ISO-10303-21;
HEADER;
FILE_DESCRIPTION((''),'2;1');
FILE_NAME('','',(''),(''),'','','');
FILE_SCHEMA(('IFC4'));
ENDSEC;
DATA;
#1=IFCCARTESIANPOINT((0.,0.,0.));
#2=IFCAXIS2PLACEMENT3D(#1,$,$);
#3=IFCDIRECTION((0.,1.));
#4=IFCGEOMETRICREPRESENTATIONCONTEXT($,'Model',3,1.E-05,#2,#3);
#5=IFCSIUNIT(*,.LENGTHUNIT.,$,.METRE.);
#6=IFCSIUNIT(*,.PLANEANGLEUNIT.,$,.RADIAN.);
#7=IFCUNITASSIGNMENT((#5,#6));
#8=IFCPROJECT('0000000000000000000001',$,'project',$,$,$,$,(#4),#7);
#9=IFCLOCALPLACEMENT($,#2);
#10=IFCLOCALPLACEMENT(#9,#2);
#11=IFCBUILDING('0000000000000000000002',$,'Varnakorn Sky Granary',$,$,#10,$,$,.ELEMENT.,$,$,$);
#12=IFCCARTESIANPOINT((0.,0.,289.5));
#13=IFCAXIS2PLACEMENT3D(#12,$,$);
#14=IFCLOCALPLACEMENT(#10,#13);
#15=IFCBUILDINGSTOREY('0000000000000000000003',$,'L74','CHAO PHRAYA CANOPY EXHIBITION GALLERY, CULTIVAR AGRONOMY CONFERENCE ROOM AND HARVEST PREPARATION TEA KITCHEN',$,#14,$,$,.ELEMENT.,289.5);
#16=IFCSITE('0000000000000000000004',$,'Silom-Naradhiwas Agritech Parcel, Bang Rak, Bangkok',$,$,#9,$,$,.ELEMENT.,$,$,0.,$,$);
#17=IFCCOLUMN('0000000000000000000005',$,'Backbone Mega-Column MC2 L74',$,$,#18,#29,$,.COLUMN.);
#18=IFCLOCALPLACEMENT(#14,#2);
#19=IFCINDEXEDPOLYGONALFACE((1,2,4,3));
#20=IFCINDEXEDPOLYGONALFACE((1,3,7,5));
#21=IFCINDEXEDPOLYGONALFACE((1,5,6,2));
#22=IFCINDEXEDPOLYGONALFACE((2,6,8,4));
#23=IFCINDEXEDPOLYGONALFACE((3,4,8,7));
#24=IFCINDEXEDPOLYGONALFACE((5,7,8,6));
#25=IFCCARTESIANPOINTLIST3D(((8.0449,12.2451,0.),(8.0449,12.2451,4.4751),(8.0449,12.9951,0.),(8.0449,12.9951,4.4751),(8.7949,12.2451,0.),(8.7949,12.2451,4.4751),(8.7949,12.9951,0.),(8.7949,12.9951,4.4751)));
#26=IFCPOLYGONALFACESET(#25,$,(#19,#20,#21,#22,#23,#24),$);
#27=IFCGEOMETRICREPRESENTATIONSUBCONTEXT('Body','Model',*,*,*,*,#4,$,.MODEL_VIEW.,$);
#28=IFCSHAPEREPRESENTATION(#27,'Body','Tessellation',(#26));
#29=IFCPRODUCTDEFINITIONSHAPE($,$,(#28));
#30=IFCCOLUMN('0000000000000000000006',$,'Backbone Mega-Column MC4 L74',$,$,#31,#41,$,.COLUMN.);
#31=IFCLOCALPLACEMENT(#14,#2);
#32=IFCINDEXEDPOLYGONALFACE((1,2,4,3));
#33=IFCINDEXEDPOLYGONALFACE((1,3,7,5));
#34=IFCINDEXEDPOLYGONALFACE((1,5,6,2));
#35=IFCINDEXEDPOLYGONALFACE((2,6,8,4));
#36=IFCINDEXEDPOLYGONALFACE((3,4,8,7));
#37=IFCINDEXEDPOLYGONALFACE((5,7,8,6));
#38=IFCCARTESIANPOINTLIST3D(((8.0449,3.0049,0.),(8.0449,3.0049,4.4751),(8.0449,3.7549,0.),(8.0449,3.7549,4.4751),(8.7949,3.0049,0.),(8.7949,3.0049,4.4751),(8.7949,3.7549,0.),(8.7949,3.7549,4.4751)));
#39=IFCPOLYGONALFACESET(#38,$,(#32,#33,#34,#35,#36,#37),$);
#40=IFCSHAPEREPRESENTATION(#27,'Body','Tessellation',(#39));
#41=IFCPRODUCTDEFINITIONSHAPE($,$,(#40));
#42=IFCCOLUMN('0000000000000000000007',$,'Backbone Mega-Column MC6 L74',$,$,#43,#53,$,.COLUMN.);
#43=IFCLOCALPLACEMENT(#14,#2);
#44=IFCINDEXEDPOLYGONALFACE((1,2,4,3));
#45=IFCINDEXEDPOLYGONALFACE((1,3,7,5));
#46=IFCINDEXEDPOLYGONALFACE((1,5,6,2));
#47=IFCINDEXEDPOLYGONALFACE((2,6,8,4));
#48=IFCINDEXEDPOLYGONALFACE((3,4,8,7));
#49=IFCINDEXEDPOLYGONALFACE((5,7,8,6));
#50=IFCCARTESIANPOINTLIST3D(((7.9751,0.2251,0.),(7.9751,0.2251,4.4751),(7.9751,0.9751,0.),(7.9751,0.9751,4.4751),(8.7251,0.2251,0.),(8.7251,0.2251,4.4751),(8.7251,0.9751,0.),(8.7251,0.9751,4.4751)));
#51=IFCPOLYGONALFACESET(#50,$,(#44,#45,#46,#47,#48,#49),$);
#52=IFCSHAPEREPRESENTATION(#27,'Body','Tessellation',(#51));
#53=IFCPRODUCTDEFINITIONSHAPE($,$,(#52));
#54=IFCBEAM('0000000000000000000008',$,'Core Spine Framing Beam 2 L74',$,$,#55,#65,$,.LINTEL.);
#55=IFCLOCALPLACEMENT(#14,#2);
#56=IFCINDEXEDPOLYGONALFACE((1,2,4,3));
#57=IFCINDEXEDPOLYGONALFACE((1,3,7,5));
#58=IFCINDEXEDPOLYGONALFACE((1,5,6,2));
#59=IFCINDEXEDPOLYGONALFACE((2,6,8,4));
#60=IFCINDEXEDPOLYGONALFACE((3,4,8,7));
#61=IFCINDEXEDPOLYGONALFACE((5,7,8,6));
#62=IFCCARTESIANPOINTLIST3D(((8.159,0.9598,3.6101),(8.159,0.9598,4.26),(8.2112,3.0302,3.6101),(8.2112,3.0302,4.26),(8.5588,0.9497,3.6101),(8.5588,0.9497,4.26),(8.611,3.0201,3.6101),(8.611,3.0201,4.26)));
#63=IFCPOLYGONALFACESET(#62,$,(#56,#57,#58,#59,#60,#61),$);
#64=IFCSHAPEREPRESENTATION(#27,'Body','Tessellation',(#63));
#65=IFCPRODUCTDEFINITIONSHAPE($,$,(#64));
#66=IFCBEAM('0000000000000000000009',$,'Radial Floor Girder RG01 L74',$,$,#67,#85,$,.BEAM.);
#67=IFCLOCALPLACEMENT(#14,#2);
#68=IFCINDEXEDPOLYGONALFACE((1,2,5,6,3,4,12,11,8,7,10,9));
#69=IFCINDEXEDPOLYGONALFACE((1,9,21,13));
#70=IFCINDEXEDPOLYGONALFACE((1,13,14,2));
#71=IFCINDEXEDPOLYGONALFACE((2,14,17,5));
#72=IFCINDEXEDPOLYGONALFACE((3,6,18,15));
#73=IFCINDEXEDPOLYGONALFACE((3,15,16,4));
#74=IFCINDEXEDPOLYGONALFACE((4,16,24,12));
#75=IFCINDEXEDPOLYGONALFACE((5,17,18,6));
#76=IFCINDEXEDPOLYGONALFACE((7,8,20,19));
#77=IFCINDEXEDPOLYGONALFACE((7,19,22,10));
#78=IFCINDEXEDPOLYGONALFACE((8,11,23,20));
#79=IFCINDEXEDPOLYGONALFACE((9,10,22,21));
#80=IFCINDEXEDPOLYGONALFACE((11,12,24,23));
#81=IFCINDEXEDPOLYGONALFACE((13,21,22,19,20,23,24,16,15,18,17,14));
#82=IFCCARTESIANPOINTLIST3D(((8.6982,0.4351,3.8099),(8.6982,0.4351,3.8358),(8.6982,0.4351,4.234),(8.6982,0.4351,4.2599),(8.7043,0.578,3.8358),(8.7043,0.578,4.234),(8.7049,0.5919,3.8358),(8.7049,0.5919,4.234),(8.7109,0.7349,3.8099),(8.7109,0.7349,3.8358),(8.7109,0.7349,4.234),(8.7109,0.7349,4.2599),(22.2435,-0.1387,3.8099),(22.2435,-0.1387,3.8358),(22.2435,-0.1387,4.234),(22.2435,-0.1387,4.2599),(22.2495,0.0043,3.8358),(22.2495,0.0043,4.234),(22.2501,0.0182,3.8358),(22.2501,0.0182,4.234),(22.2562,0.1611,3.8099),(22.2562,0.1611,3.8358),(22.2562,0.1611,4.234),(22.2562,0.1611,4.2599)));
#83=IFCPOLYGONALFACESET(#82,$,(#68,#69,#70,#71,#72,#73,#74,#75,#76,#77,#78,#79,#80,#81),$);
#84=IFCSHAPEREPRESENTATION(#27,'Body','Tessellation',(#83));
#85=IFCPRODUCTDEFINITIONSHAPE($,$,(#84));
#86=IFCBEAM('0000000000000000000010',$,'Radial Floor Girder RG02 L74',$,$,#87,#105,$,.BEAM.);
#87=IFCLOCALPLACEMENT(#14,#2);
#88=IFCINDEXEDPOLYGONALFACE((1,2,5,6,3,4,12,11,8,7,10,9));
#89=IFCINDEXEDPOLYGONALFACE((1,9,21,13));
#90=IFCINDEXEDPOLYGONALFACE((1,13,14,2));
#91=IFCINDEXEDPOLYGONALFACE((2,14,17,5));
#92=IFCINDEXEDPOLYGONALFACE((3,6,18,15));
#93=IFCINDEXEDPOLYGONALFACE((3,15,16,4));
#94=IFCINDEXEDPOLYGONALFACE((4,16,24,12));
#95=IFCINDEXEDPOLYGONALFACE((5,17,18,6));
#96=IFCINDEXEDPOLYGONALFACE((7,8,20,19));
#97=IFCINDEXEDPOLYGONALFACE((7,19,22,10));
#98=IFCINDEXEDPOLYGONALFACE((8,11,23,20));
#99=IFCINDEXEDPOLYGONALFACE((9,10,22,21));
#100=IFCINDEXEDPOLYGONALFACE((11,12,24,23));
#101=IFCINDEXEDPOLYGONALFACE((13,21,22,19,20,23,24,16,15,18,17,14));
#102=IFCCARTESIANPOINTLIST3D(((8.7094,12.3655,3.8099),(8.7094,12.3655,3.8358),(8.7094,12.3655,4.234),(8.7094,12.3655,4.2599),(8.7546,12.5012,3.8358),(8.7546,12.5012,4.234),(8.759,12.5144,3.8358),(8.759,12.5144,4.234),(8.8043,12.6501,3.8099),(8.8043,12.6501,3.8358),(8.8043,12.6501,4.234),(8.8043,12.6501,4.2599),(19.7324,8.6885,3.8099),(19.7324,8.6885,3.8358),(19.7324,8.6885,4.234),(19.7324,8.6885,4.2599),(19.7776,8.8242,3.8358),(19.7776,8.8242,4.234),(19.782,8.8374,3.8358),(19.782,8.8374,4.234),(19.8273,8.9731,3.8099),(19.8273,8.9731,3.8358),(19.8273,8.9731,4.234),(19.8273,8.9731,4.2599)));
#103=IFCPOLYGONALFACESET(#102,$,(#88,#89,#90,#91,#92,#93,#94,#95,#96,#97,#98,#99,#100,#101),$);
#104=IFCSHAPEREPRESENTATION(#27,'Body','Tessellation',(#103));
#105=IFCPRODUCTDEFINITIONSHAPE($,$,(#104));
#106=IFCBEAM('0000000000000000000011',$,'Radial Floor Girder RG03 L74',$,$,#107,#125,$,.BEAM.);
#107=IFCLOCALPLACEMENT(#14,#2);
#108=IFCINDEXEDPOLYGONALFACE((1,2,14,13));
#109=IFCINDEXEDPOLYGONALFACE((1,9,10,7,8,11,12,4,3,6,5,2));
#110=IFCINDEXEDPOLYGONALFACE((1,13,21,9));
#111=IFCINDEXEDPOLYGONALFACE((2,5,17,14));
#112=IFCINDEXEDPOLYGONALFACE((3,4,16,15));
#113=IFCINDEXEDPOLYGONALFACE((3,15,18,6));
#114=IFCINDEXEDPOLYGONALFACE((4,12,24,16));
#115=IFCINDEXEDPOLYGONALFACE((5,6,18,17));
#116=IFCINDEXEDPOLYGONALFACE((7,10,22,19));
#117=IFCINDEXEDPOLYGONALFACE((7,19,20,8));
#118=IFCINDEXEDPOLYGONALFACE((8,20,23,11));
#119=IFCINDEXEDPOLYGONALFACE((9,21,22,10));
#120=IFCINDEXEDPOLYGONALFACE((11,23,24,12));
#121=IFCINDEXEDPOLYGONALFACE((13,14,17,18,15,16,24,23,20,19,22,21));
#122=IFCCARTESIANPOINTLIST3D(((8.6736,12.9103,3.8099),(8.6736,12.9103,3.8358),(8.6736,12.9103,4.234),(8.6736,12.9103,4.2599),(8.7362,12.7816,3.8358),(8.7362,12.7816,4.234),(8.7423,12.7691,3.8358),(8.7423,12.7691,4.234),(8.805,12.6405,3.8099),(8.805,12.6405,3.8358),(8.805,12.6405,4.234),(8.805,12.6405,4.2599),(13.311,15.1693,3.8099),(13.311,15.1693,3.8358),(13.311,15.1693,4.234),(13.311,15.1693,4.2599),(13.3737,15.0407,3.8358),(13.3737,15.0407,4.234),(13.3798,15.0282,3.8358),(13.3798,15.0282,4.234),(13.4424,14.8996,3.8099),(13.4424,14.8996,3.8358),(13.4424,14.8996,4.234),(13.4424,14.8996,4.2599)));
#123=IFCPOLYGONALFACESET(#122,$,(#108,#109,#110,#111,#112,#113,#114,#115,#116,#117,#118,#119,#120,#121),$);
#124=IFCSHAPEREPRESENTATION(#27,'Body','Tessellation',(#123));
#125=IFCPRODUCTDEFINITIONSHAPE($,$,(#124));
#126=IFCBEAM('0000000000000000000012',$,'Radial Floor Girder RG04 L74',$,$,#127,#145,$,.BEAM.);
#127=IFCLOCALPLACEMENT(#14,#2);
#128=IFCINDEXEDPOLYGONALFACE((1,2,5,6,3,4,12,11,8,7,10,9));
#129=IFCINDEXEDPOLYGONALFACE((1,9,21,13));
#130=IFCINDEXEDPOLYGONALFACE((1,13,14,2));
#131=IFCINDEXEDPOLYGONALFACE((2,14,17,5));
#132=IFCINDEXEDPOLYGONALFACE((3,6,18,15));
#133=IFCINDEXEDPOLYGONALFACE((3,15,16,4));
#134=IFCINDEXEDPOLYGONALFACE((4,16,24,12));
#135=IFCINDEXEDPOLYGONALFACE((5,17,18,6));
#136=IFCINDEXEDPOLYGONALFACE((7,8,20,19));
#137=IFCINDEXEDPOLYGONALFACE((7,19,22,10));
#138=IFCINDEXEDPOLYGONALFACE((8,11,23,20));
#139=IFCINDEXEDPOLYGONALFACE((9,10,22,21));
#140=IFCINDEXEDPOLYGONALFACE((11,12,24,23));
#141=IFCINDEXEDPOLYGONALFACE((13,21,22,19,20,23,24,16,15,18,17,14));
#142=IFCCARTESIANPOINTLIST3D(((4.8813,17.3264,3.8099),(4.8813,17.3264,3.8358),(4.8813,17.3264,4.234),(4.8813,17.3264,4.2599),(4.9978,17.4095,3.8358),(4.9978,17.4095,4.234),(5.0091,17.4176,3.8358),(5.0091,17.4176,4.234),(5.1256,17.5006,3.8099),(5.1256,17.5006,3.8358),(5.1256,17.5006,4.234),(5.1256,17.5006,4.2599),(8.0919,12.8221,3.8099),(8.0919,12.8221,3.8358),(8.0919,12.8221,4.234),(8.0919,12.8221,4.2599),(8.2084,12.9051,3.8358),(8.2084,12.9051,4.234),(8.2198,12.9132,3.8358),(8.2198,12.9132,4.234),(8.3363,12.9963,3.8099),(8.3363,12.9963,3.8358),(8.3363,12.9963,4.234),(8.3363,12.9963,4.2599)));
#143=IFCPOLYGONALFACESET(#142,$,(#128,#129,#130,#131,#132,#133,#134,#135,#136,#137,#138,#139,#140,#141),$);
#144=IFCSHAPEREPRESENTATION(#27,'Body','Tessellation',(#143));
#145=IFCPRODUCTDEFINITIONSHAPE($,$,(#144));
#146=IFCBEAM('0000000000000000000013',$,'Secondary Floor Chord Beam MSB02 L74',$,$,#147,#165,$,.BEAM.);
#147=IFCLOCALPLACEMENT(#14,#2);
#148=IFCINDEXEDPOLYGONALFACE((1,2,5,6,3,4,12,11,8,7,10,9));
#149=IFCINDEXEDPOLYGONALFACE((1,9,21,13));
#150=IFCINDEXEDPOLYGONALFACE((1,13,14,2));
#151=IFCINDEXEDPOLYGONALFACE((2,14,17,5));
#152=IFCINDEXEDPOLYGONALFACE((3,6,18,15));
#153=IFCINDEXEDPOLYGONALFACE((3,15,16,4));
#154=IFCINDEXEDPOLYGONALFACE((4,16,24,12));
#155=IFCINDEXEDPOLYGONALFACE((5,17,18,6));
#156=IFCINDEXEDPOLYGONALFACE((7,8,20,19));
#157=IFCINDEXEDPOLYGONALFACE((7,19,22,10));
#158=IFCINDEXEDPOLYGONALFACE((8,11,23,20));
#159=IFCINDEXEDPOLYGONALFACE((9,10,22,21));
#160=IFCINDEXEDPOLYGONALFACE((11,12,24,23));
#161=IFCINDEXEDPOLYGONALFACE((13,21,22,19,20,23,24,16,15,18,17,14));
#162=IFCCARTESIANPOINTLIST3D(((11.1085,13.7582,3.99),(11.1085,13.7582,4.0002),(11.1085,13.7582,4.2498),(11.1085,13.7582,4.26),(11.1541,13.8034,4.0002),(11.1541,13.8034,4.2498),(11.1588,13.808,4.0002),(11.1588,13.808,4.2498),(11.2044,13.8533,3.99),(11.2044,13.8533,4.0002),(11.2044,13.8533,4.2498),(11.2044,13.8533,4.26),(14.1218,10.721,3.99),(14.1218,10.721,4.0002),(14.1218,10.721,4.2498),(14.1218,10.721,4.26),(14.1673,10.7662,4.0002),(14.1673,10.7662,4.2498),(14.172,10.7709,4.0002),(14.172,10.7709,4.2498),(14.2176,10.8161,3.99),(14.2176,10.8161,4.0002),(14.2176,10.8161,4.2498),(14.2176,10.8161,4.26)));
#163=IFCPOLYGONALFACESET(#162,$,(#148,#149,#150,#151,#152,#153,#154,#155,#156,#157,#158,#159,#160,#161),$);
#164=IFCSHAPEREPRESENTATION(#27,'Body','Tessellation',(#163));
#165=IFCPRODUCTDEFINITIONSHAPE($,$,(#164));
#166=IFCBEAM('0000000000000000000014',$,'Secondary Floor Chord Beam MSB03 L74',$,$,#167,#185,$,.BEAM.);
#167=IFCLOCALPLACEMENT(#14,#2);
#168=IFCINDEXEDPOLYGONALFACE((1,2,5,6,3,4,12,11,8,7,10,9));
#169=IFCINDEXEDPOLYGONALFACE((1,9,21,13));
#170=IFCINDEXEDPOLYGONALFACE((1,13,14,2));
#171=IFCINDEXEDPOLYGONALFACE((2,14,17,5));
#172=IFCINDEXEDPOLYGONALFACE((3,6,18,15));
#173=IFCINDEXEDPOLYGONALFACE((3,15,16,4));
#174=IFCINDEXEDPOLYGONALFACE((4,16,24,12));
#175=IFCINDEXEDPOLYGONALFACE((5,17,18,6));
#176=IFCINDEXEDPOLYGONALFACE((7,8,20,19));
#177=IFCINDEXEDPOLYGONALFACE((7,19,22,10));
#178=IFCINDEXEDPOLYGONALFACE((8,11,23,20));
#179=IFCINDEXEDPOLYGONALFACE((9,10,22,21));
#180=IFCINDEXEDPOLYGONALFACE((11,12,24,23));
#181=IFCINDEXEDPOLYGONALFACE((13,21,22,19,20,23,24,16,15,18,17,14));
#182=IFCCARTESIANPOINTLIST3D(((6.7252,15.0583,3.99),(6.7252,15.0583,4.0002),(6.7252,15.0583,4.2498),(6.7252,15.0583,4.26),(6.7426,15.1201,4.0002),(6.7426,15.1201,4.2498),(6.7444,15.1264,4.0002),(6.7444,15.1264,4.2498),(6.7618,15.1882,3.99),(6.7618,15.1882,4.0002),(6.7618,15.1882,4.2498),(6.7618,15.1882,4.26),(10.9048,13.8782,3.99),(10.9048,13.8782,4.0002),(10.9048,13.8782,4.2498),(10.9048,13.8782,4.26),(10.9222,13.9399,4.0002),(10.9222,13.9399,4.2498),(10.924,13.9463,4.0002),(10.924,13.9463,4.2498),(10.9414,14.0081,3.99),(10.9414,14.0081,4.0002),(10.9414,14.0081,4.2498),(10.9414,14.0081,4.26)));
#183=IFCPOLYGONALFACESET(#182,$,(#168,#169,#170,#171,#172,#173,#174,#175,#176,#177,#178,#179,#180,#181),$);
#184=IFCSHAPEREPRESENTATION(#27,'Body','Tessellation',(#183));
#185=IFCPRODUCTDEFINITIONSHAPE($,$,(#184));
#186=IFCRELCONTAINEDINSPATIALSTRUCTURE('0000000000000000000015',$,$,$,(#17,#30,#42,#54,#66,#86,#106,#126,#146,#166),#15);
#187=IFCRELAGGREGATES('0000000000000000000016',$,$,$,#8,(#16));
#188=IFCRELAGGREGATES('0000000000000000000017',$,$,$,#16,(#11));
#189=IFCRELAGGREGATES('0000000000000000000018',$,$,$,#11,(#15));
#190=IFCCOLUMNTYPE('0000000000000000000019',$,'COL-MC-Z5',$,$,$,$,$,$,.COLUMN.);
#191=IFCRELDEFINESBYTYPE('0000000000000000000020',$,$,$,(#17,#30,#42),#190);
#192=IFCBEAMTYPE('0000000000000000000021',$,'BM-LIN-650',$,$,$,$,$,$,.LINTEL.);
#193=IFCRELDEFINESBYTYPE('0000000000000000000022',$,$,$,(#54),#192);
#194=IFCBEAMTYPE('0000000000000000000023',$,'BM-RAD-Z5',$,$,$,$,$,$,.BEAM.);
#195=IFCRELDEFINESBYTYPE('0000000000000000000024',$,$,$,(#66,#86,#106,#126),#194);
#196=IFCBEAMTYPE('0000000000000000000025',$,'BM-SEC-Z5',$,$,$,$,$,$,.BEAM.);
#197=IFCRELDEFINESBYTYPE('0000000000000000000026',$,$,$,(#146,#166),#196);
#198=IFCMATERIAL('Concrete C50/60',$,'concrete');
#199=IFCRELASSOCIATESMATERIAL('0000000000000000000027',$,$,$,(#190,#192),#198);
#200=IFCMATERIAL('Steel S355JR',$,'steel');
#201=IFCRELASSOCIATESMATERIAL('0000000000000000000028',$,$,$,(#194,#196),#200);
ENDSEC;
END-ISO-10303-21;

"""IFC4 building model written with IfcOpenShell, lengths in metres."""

from ifc_helpers import new_model, si_unit, direction, frame, origin, origin_2d, place, context, subcontext, project, spatial, rectangle, i_section, extrude, material, material_profile, profile_set, type_object, element, save


model = new_model("IFC4")

# Units and contexts
model_context = context("Model", 3, precision=1e-05, world=origin(), true_north=direction((0.0, 1.0)))
body_context = subcontext(model_context, "Body", "Model", "MODEL_VIEW")
ifc_project = project(units=[si_unit("LENGTHUNIT", "METRE"), si_unit("PLANEANGLEUNIT", "RADIAN")], contexts=[model_context])

# Site, building, storey
site_placement = place(None, origin())
site = spatial("IfcSite", under=ifc_project, at=site_placement, Name="Silom-Naradhiwas Agritech Parcel, Bang Rak, Bangkok", CompositionType="ELEMENT", RefElevation=0.0)
building_placement = place(site_placement, origin())
building = spatial("IfcBuilding", under=site, at=building_placement, Name="Varnakorn Sky Granary", CompositionType="ELEMENT")
storey_placement = place(building_placement, frame((0.0, 0.0, 289.5)))
storey = spatial("IfcBuildingStorey", under=building, at=storey_placement, Name="L74", Description="CHAO PHRAYA CANOPY EXHIBITION GALLERY, CULTIVAR AGRONOMY CONFERENCE ROOM AND HARVEST PREPARATION TEA KITCHEN", CompositionType="ELEMENT", Elevation=289.5)

# Columns
ifc_material_1 = material(Name="Concrete C50/60", Category="concrete")
ifc_material_profile_1 = material_profile(ifc_material_1, rectangle(XDim=0.75, YDim=0.75, at=origin_2d()), Name="RC 750x750")
ifc_profile_set_1 = profile_set([ifc_material_profile_1], Name="Concrete C50/60")
column_type = type_object("IfcColumnType", Name="COL-MC-Z5", PredefinedType="COLUMN", material=ifc_profile_set_1)
for number, where, z_axis, x_axis, name in (
    (1, (8.4199, 12.6201, 0.0), (0.0, 0.0, 1.0), (1.0, 0.0, 0.0), "Backbone Mega-Column MC2 L74"),
    (2, (8.4199, 3.3799, 0.0), (0.0, 0.0, 1.0), (1.0, 0.0, 0.0), "Backbone Mega-Column MC4 L74"),
    (3, (8.3501, 0.6001, 0.0), (0.0, 0.0, 1.0), (1.0, 0.0, 0.0), "Backbone Mega-Column MC6 L74"),
):
    element("IfcColumn", number, at=place(storey_placement, frame(where, z_axis=z_axis, x_axis=x_axis)), inside=storey, type_object=column_type, Name=name, PredefinedType="COLUMN", context=body_context, shape_type="SweptSolid", body=[
        extrude(rectangle(XDim=0.75, YDim=0.75, at=origin_2d()), origin(), (0.0, 0.0, 1.0), 4.4751),
    ])

# Beams
ifc_material_profile_2 = material_profile(ifc_material_1, rectangle(XDim=0.3999, YDim=0.6499, at=origin_2d()), Name="RC 400x650")
ifc_profile_set_2 = profile_set([ifc_material_profile_2], Name="Concrete C50/60")
beam_type_1 = type_object("IfcBeamType", Name="BM-LIN-650", PredefinedType="LINTEL", material=ifc_profile_set_2)
beam_1_placement = place(storey_placement, frame((8.4111, 3.0251, 3.9351), z_axis=(-0.025228, -0.999682, 0.0), x_axis=(0.999682, -0.025228, 0.0)))
element("IfcBeam", 4, at=beam_1_placement, inside=storey, type_object=beam_type_1, Name="Core Spine Framing Beam 2 L74", PredefinedType="LINTEL", context=body_context, shape_type="SweptSolid", body=[
    extrude(rectangle(XDim=0.3999, YDim=0.6499, at=origin_2d()), origin(), (0.0, 0.0, 1.0), 2.071),
])
ifc_material_2 = material(Name="Steel S355JR", Category="steel")
ifc_material_profile_3 = material_profile(ifc_material_2, i_section(OverallWidth=0.3, OverallDepth=0.45, WebThickness=0.0139, FlangeThickness=0.0259, at=origin_2d()), Name="HE 450 B")
ifc_profile_set_3 = profile_set([ifc_material_profile_3], Name="Steel S355JR")
beam_type_2 = type_object("IfcBeamType", Name="BM-RAD-Z5", PredefinedType="BEAM", material=ifc_profile_set_3)
beam_2_placement = place(storey_placement, frame((8.7046, 0.585, 4.0349), z_axis=(0.999104, -0.042319, 0.0), x_axis=(0.042319, 0.999104, 0.0)))
element("IfcBeam", 5, at=beam_2_placement, inside=storey, type_object=beam_type_2, Name="Radial Floor Girder RG01 L74", PredefinedType="BEAM", context=body_context, shape_type="SweptSolid", body=[
    extrude(i_section(OverallWidth=0.3, OverallDepth=0.45, WebThickness=0.0139, FlangeThickness=0.0259, at=origin_2d()), origin(), (0.0, 0.0, 1.0), 13.5574),
])
beam_3_placement = place(storey_placement, frame((8.7568, 12.5078, 4.0349), z_axis=(0.948614, -0.316436, 0.0), x_axis=(0.316436, 0.948614, 0.0)))
element("IfcBeam", 6, at=beam_3_placement, inside=storey, type_object=beam_type_2, Name="Radial Floor Girder RG02 L74", PredefinedType="BEAM", context=body_context, shape_type="SweptSolid", body=[
    extrude(i_section(OverallWidth=0.3, OverallDepth=0.45, WebThickness=0.0139, FlangeThickness=0.0259, at=origin_2d()), origin(), (0.0, 0.0, 1.0), 11.6201),
])
beam_4_placement = place(storey_placement, frame((8.7393, 12.7754, 4.0349), z_axis=(0.899008, 0.437932, 0.0), x_axis=(-0.437932, 0.899008, 0.0)))
element("IfcBeam", 7, at=beam_4_placement, inside=storey, type_object=beam_type_2, Name="Radial Floor Girder RG03 L74", PredefinedType="BEAM", context=body_context, shape_type="SweptSolid", body=[
    extrude(i_section(OverallWidth=0.3, OverallDepth=0.45, WebThickness=0.0139, FlangeThickness=0.0259, at=origin_2d()), origin(), (0.0, 0.0, 1.0), 5.1584),
])
beam_5_placement = place(storey_placement, frame((8.2141, 12.9092, 4.0349), z_axis=(-0.580432, 0.814309, 0.0), x_axis=(-0.814309, -0.580432, 0.0)))
element("IfcBeam", 8, at=beam_5_placement, inside=storey, type_object=beam_type_2, Name="Radial Floor Girder RG04 L74", PredefinedType="BEAM", context=body_context, shape_type="SweptSolid", body=[
    extrude(i_section(OverallWidth=0.3, OverallDepth=0.45, WebThickness=0.0139, FlangeThickness=0.0259, at=origin_2d()), origin(), (0.0, 0.0, 1.0), 5.5315),
])
ifc_material_profile_4 = material_profile(ifc_material_2, i_section(OverallWidth=0.135, OverallDepth=0.27, WebThickness=0.0066, FlangeThickness=0.0103, at=origin_2d()), Name="IPE 270")
ifc_profile_set_4 = profile_set([ifc_material_profile_4], Name="Steel S355JR")
beam_type_3 = type_object("IfcBeamType", Name="BM-SEC-Z5", PredefinedType="BEAM", material=ifc_profile_set_4)
beam_6_placement = place(storey_placement, frame((14.1697, 10.7686, 4.125), z_axis=(-0.704305, 0.709897, 0.0), x_axis=(-0.709897, -0.704305, 0.0)))
element("IfcBeam", 9, at=beam_6_placement, inside=storey, type_object=beam_type_3, Name="Secondary Floor Chord Beam MSB02 L74", PredefinedType="BEAM", context=body_context, shape_type="SweptSolid", body=[
    extrude(i_section(OverallWidth=0.135, OverallDepth=0.27, WebThickness=0.0066, FlangeThickness=0.0103, at=origin_2d()), origin(), (0.0, 0.0, 1.0), 4.2783),
])
beam_7_placement = place(storey_placement, frame((10.9231, 13.9431, 4.125), z_axis=(-0.962372, 0.271735, 0.0), x_axis=(-0.271735, -0.962372, 0.0)))
element("IfcBeam", 10, at=beam_7_placement, inside=storey, type_object=beam_type_3, Name="Secondary Floor Chord Beam MSB03 L74", PredefinedType="BEAM", context=body_context, shape_type="SweptSolid", body=[
    extrude(i_section(OverallWidth=0.135, OverallDepth=0.27, WebThickness=0.0066, FlangeThickness=0.0103, at=origin_2d()), origin(), (0.0, 0.0, 1.0), 4.343),
])

save(model, "model.ifc")
